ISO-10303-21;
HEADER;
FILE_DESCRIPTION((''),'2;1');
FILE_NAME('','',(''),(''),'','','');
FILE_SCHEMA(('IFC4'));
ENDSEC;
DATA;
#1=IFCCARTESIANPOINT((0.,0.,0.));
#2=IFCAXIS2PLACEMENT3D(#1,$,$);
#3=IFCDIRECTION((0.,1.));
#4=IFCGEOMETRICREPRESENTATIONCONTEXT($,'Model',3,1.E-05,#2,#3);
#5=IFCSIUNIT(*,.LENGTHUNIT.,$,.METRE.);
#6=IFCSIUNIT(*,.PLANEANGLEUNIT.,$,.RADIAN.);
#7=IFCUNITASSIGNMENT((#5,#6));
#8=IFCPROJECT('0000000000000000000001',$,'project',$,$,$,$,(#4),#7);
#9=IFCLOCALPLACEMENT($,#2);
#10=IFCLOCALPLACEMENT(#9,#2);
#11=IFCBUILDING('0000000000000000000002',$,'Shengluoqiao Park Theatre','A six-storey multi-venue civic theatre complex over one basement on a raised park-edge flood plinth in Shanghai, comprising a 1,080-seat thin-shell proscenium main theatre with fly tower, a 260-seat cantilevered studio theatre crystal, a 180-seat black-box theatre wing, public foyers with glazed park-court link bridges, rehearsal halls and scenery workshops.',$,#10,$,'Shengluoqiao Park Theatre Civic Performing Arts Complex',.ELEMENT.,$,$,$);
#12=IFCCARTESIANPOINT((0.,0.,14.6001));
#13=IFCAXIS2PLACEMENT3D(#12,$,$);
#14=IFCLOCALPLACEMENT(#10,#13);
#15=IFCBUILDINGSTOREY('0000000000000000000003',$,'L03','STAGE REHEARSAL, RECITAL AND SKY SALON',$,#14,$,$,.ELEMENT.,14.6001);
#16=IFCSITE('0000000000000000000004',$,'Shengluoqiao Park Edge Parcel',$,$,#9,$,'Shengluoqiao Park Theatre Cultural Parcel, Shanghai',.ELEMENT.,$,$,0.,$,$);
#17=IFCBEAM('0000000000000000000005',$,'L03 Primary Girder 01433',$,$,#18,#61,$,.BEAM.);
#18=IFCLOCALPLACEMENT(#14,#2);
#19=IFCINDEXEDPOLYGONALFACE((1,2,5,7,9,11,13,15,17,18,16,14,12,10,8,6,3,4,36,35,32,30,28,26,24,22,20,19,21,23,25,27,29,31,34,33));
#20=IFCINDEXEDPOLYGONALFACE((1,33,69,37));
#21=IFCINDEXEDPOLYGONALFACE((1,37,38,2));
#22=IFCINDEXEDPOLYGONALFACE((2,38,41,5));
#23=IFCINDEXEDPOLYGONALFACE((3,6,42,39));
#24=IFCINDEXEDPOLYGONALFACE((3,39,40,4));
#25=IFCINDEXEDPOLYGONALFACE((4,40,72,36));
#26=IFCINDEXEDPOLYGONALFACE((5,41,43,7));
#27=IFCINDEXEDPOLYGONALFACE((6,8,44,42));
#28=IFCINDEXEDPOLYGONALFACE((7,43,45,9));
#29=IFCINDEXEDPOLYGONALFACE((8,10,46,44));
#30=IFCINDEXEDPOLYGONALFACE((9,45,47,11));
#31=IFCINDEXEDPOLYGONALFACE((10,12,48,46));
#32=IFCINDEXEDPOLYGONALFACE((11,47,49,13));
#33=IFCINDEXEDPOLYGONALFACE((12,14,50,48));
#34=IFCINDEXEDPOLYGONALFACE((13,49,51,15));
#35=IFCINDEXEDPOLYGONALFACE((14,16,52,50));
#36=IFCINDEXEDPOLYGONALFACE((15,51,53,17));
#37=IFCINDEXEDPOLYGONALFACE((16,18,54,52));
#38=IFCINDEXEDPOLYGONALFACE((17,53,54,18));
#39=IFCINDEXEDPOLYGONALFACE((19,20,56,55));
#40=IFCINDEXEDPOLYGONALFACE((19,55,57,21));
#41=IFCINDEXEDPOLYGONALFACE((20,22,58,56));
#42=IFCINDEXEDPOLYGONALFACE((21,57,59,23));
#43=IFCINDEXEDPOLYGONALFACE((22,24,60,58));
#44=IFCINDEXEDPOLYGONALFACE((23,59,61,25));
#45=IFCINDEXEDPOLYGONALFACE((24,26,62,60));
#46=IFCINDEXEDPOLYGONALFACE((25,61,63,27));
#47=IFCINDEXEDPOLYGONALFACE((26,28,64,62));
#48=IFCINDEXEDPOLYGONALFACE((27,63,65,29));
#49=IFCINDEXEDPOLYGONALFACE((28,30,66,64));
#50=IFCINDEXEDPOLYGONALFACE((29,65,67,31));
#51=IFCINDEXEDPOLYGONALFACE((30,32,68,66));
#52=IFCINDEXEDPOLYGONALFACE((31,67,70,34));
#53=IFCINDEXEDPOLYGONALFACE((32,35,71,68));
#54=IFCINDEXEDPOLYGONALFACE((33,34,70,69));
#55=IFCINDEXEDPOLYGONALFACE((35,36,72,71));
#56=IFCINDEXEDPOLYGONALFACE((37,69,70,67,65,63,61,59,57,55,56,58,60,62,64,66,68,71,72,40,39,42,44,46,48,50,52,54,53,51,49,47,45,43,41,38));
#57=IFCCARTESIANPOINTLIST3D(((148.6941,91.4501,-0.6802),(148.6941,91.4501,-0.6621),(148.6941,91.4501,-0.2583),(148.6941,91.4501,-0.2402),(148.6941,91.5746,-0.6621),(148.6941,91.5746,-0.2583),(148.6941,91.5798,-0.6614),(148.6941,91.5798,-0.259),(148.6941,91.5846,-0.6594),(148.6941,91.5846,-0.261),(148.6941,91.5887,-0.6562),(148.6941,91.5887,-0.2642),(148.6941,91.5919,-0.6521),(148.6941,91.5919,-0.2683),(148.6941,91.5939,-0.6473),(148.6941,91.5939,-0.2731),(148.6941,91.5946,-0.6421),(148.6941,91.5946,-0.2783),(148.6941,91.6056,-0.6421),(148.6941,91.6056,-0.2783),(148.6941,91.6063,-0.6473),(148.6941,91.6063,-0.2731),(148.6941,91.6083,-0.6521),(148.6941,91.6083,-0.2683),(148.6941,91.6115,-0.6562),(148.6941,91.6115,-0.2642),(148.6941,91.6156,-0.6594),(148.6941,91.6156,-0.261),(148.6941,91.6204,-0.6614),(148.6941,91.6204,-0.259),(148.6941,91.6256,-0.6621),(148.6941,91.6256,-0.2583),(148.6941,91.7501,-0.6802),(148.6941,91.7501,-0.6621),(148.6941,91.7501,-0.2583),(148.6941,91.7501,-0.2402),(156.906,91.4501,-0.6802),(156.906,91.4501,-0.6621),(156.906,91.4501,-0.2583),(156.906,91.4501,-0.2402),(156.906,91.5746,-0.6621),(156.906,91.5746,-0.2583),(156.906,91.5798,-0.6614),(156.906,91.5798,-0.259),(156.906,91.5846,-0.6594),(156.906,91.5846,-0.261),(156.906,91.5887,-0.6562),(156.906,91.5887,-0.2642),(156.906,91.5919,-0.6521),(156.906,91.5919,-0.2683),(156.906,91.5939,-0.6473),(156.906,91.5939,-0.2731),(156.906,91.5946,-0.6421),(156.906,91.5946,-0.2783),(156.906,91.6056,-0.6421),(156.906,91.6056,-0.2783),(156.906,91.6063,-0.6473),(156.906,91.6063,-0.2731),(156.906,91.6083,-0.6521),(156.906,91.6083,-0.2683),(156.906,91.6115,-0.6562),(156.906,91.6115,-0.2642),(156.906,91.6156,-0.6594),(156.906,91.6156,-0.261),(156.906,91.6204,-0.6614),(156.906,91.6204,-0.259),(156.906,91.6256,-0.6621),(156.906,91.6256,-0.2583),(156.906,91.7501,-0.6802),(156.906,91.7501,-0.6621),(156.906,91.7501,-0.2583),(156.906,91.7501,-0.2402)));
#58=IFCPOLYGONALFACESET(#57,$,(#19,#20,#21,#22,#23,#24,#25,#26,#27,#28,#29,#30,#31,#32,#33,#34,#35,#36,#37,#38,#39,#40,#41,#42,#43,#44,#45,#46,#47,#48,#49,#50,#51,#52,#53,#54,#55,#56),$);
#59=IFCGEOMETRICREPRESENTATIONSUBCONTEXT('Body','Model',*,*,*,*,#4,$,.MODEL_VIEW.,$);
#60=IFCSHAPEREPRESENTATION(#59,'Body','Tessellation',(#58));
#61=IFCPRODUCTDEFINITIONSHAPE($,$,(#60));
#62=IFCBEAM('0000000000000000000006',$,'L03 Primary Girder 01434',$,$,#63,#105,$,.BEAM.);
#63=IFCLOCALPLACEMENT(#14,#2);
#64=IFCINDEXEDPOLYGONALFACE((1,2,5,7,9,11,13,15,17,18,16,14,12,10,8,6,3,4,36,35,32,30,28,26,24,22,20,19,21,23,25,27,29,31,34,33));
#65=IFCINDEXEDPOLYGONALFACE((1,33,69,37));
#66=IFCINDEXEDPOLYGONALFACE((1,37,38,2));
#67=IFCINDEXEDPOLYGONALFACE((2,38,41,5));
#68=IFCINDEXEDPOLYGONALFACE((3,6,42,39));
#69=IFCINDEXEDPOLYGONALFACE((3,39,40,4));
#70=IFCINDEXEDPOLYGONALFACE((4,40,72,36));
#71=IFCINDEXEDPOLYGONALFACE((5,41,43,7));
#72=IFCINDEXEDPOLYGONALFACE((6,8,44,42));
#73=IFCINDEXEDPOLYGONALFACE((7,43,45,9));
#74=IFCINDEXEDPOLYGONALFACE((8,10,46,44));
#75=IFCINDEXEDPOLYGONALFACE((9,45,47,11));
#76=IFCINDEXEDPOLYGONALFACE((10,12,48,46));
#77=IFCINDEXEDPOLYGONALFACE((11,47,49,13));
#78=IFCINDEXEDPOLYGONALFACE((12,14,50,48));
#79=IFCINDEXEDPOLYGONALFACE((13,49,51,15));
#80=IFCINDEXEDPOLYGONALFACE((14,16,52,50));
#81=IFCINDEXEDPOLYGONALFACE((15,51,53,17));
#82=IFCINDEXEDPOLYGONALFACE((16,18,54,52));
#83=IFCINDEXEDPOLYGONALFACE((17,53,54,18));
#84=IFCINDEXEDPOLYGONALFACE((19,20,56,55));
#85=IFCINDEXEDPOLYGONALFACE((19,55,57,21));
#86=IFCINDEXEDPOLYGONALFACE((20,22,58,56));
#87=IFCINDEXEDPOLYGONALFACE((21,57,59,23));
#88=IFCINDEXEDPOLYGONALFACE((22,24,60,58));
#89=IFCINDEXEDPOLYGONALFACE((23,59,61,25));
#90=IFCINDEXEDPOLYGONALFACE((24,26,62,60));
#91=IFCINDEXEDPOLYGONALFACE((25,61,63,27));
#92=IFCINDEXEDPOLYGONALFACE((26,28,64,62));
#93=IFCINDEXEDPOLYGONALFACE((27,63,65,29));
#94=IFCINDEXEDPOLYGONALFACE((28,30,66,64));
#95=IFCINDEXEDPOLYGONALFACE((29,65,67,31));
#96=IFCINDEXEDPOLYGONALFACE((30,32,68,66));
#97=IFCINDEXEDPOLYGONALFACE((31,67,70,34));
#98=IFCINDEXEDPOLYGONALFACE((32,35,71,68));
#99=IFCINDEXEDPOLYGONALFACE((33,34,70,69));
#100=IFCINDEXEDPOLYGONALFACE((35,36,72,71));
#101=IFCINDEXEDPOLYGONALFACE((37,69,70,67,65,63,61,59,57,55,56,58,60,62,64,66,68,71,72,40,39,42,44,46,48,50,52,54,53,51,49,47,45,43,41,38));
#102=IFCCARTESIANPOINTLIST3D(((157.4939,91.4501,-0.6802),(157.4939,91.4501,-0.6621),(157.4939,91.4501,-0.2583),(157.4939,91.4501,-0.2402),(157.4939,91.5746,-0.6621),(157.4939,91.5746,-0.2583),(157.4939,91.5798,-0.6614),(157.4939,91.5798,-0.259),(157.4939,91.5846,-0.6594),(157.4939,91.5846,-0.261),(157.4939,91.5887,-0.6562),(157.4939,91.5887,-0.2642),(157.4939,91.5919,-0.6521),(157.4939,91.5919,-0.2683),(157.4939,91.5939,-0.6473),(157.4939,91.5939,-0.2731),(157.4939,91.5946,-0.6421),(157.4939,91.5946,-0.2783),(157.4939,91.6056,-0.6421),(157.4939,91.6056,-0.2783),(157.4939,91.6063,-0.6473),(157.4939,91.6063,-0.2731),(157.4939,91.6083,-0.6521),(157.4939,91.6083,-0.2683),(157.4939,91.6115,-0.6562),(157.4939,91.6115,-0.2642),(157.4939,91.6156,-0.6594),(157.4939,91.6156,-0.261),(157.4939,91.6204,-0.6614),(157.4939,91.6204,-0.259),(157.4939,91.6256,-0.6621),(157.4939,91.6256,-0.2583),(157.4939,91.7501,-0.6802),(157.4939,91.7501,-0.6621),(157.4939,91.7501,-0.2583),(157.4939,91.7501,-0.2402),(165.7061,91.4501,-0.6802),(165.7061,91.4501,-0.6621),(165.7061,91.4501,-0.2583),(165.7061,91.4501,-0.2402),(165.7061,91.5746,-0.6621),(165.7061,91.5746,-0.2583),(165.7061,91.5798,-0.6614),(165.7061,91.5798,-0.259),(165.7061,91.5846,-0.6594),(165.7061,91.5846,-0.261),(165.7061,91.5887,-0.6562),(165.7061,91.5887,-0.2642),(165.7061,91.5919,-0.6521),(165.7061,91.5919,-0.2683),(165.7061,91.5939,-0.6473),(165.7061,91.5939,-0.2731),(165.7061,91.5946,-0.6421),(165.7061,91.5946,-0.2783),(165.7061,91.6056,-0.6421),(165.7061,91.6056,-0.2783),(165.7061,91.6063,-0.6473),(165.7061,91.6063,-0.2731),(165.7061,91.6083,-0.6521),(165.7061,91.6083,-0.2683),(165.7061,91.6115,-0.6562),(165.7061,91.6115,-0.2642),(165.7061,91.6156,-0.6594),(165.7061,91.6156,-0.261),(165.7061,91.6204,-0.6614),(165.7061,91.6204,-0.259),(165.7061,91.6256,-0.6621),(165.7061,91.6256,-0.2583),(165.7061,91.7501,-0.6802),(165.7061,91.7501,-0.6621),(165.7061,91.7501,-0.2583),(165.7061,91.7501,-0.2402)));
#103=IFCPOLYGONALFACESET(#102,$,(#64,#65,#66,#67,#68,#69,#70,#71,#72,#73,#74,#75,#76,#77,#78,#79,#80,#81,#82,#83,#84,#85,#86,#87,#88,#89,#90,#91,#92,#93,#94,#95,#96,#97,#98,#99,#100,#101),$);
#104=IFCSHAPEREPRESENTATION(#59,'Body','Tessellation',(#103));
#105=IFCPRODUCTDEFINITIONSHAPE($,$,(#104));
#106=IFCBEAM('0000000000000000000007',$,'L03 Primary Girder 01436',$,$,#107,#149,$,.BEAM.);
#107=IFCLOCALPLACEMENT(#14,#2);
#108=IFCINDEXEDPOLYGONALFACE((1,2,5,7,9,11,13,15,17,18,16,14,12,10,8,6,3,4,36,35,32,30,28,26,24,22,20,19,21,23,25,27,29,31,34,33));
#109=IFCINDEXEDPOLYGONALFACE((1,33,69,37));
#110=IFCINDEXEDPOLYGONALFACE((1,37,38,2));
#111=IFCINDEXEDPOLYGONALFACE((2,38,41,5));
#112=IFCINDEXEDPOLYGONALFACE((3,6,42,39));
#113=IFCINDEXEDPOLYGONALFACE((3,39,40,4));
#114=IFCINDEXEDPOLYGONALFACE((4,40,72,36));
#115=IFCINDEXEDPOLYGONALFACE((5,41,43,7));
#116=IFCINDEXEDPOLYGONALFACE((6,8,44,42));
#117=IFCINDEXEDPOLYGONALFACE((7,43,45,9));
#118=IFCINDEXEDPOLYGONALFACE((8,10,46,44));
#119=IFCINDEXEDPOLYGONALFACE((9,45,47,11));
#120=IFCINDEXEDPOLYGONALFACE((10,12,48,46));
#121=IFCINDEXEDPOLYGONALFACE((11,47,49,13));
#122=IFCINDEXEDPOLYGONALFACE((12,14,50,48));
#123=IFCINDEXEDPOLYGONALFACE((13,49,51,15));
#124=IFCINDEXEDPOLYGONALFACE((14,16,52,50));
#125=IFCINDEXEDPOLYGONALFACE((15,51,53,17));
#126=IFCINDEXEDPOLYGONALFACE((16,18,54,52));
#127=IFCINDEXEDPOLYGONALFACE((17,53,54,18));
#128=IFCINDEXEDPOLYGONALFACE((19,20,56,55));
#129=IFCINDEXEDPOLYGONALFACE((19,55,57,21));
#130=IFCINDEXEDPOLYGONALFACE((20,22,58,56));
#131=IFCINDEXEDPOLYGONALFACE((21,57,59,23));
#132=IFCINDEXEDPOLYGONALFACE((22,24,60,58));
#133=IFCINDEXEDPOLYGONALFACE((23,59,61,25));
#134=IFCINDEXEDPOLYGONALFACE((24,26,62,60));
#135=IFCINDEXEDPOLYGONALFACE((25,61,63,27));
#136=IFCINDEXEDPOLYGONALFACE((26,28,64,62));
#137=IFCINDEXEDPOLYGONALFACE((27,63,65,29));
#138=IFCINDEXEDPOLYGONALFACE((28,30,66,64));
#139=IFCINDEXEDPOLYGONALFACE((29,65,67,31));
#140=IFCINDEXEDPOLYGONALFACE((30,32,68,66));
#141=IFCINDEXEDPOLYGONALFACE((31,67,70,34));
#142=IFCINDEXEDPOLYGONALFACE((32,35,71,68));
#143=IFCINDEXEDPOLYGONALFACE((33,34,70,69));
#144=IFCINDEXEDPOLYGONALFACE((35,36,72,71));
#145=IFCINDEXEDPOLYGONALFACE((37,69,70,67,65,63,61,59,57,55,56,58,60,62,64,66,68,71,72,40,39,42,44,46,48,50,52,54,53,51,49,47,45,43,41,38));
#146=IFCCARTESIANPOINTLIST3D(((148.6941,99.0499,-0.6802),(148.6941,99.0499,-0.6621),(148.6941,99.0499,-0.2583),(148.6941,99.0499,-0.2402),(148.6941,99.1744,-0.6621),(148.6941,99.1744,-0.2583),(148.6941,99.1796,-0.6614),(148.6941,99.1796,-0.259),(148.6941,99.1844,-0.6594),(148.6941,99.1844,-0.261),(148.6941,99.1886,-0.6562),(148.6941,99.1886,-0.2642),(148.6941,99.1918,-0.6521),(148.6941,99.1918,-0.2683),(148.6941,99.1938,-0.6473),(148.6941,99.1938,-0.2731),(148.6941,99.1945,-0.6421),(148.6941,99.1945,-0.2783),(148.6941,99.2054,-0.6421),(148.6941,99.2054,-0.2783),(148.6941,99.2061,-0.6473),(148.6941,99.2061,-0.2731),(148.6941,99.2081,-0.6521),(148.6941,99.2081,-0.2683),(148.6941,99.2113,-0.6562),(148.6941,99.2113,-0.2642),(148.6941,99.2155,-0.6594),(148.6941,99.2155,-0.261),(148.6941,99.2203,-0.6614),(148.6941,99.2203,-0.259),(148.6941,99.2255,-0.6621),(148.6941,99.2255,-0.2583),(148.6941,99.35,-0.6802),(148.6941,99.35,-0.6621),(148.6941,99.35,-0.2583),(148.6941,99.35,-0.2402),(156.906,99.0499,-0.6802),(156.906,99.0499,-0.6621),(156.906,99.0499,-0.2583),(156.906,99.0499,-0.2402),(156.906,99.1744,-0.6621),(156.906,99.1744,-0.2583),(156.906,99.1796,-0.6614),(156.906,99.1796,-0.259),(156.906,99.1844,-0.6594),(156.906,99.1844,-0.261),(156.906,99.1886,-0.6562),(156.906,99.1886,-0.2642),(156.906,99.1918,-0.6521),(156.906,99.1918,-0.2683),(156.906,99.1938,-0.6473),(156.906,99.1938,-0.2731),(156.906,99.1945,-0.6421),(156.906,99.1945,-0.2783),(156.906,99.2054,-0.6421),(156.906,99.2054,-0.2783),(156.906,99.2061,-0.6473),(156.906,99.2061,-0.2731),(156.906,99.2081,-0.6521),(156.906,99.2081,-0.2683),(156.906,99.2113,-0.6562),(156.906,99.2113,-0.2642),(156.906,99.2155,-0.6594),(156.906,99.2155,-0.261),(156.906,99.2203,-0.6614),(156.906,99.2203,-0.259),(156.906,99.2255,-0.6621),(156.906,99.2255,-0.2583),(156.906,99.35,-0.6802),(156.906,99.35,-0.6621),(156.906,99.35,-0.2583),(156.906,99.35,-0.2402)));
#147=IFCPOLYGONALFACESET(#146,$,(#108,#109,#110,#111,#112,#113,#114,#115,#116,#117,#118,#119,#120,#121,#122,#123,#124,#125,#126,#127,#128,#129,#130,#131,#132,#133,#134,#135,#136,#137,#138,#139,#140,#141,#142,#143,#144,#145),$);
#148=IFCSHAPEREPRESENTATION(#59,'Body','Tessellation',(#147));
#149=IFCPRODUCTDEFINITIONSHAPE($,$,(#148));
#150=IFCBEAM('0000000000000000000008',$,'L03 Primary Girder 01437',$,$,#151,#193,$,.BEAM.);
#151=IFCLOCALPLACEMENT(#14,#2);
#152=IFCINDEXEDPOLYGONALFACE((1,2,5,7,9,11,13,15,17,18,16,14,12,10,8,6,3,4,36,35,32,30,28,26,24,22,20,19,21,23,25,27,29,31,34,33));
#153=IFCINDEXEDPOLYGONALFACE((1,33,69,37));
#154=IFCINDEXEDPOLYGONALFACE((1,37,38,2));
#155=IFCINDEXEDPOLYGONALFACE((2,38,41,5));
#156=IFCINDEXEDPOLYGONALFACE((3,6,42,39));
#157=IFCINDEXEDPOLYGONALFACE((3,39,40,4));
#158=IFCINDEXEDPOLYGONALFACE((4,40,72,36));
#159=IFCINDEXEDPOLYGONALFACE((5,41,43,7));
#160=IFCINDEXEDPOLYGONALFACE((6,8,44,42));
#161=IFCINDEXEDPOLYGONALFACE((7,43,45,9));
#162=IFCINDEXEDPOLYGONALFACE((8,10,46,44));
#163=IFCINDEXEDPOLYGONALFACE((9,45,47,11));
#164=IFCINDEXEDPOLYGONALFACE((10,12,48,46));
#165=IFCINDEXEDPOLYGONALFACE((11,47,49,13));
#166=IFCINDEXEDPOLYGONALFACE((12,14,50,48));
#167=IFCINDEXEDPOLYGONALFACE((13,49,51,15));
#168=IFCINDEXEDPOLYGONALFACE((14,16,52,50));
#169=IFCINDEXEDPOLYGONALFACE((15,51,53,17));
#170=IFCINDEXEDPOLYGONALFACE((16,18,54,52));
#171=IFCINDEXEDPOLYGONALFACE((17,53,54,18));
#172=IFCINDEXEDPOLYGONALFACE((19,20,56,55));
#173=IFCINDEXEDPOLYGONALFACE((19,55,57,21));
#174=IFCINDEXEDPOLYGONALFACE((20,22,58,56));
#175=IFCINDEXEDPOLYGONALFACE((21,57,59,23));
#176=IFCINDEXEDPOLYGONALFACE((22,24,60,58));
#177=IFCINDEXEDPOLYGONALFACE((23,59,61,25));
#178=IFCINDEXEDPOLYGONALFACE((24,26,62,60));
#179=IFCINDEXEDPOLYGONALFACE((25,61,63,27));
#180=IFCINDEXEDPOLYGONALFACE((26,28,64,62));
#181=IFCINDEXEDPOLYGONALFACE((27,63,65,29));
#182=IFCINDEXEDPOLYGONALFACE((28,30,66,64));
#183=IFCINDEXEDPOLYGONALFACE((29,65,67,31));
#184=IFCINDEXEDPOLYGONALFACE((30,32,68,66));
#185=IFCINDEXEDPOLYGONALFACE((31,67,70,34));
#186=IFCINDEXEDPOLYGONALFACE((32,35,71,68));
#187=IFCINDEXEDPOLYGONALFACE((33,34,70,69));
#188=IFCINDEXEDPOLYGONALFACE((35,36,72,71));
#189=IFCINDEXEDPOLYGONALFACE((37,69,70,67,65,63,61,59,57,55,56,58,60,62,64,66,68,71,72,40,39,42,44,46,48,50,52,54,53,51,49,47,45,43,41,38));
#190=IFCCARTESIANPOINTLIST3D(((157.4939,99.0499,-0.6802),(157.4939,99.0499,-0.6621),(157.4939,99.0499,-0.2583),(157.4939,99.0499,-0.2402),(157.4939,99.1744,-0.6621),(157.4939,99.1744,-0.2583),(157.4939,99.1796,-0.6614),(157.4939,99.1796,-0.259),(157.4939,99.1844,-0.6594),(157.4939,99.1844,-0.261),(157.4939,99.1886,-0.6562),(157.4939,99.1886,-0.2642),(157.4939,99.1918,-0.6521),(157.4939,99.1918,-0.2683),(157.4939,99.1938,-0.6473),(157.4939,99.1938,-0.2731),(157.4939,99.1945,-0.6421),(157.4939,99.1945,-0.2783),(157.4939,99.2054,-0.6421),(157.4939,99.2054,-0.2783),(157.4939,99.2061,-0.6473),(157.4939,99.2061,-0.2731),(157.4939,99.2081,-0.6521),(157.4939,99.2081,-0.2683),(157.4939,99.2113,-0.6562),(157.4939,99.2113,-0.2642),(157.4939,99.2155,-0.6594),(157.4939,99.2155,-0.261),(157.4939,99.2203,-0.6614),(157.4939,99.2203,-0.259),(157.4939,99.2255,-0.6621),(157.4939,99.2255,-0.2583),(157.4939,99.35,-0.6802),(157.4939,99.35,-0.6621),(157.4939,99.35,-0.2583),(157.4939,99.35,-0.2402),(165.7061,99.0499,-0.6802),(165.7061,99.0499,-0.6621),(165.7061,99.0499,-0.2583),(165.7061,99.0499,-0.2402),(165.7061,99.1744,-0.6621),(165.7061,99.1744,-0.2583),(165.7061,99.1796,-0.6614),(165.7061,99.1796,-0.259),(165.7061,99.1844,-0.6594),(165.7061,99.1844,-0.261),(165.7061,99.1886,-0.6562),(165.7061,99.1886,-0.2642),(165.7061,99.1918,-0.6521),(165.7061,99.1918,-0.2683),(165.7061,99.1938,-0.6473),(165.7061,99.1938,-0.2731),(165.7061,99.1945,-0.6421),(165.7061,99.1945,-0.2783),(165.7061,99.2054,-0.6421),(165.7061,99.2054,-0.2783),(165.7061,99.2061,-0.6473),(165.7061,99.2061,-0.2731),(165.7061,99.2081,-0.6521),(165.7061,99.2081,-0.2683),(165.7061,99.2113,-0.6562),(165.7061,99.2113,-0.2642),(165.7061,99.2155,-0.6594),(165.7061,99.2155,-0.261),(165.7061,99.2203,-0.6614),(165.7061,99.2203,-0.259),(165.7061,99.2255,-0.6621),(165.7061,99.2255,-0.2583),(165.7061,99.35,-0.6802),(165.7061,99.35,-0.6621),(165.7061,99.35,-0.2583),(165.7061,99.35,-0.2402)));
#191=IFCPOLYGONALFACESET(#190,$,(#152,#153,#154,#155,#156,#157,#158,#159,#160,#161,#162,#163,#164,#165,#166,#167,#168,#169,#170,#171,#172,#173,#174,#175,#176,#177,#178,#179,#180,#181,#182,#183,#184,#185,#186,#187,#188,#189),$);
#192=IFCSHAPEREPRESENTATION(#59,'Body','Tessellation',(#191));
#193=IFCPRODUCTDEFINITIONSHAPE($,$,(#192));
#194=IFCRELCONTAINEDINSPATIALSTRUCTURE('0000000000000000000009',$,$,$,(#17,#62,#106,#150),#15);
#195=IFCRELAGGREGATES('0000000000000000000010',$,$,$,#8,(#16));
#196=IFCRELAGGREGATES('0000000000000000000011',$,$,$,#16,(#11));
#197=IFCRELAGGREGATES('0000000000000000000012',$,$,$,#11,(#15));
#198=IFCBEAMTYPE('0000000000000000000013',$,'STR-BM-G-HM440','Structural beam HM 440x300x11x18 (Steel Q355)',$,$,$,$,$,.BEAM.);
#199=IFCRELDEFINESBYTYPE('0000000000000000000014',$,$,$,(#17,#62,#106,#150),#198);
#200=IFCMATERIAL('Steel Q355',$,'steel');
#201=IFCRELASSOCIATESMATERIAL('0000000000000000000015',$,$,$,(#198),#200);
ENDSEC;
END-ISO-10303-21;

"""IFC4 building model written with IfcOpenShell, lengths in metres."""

from ifc_helpers import new_model, si_unit, direction, frame, origin, origin_2d, place, context, subcontext, project, spatial, i_section, extrude, material, material_profile, profile_set, type_object, element, save


model = new_model("IFC4")

# Units and contexts
model_context = context("Model", 3, precision=1e-05, world=origin(), true_north=direction((0.0, 1.0)))
body_context = subcontext(model_context, "Body", "Model", "MODEL_VIEW")
ifc_project = project(units=[si_unit("LENGTHUNIT", "METRE"), si_unit("PLANEANGLEUNIT", "RADIAN")], contexts=[model_context])

# Site, building, storey
site_placement = place(None, origin())
site = spatial("IfcSite", under=ifc_project, at=site_placement, Name="Shengluoqiao Park Edge Parcel", LongName="Shengluoqiao Park Theatre Cultural Parcel, Shanghai", CompositionType="ELEMENT", RefElevation=0.0)
building_placement = place(site_placement, origin())
building = spatial("IfcBuilding", under=site, at=building_placement, Name="Shengluoqiao Park Theatre", Description="A six-storey multi-venue civic theatre complex over one basement on a raised park-edge flood plinth in Shanghai, comprising a 1,080-seat thin-shell proscenium main theatre with fly tower, a 260-seat cantilevered studio theatre crystal, a 180-seat black-box theatre wing, public foyers with glazed park-court link bridges, rehearsal halls and scenery workshops.", LongName="Shengluoqiao Park Theatre Civic Performing Arts Complex", CompositionType="ELEMENT")
storey_placement = place(building_placement, frame((0.0, 0.0, 14.6001)))
storey = spatial("IfcBuildingStorey", under=building, at=storey_placement, Name="L03", Description="STAGE REHEARSAL, RECITAL AND SKY SALON", CompositionType="ELEMENT", Elevation=14.6001)

# Beams
ifc_material_1 = material(Name="Steel Q355", Category="steel")
ifc_material_profile_1 = material_profile(ifc_material_1, i_section(OverallWidth=0.3, OverallDepth=0.4399, WebThickness=0.011, FlangeThickness=0.0181, FilletRadius=0.02, at=origin_2d()), Name="HM 440x300x11x18")
ifc_profile_set_1 = profile_set([ifc_material_profile_1], Name="Steel Q355")
beam_type_1 = type_object("IfcBeamType", Name="STR-BM-G-HM440", Description="Structural beam HM 440x300x11x18 (Steel Q355)", PredefinedType="BEAM", material=ifc_profile_set_1)
beam_1_placement = place(storey_placement, frame((148.6941, 91.6001, -0.4602), z_axis=(1.0, 0.0, 0.0), x_axis=(0.0, 1.0, 0.0)))
element("IfcBeam", 1, at=beam_1_placement, inside=storey, type_object=beam_type_1, Name="L03 Primary Girder 01433", PredefinedType="BEAM", context=body_context, shape_type="SweptSolid", body=[
    extrude(i_section(OverallWidth=0.3, OverallDepth=0.4399, WebThickness=0.011, FlangeThickness=0.0181, FilletRadius=0.02, at=origin_2d()), origin(), (0.0, 0.0, 1.0), 8.2119),
])
beam_2_placement = place(storey_placement, frame((157.4939, 91.6001, -0.4602), z_axis=(1.0, 0.0, 0.0), x_axis=(0.0, 1.0, 0.0)))
element("IfcBeam", 2, at=beam_2_placement, inside=storey, type_object=beam_type_1, Name="L03 Primary Girder 01434", PredefinedType="BEAM", context=body_context, shape_type="SweptSolid", body=[
    extrude(i_section(OverallWidth=0.3, OverallDepth=0.4399, WebThickness=0.011, FlangeThickness=0.0181, FilletRadius=0.02, at=origin_2d()), origin(), (0.0, 0.0, 1.0), 8.2122),
])
beam_3_placement = place(storey_placement, frame((148.6941, 99.2, -0.4602), z_axis=(1.0, 0.0, 0.0), x_axis=(0.0, 1.0, 0.0)))
element("IfcBeam", 3, at=beam_3_placement, inside=storey, type_object=beam_type_1, Name="L03 Primary Girder 01436", PredefinedType="BEAM", context=body_context, shape_type="SweptSolid", body=[
    extrude(i_section(OverallWidth=0.3, OverallDepth=0.4399, WebThickness=0.011, FlangeThickness=0.0181, FilletRadius=0.02, at=origin_2d()), origin(), (0.0, 0.0, 1.0), 8.2119),
])
beam_4_placement = place(storey_placement, frame((157.4939, 99.2, -0.4602), z_axis=(1.0, 0.0, 0.0), x_axis=(0.0, 1.0, 0.0)))
element("IfcBeam", 4, at=beam_4_placement, inside=storey, type_object=beam_type_1, Name="L03 Primary Girder 01437", PredefinedType="BEAM", context=body_context, shape_type="SweptSolid", body=[
    extrude(i_section(OverallWidth=0.3, OverallDepth=0.4399, WebThickness=0.011, FlangeThickness=0.0181, FilletRadius=0.02, at=origin_2d()), origin(), (0.0, 0.0, 1.0), 8.2122),
])

save(model, "model.ifc")
